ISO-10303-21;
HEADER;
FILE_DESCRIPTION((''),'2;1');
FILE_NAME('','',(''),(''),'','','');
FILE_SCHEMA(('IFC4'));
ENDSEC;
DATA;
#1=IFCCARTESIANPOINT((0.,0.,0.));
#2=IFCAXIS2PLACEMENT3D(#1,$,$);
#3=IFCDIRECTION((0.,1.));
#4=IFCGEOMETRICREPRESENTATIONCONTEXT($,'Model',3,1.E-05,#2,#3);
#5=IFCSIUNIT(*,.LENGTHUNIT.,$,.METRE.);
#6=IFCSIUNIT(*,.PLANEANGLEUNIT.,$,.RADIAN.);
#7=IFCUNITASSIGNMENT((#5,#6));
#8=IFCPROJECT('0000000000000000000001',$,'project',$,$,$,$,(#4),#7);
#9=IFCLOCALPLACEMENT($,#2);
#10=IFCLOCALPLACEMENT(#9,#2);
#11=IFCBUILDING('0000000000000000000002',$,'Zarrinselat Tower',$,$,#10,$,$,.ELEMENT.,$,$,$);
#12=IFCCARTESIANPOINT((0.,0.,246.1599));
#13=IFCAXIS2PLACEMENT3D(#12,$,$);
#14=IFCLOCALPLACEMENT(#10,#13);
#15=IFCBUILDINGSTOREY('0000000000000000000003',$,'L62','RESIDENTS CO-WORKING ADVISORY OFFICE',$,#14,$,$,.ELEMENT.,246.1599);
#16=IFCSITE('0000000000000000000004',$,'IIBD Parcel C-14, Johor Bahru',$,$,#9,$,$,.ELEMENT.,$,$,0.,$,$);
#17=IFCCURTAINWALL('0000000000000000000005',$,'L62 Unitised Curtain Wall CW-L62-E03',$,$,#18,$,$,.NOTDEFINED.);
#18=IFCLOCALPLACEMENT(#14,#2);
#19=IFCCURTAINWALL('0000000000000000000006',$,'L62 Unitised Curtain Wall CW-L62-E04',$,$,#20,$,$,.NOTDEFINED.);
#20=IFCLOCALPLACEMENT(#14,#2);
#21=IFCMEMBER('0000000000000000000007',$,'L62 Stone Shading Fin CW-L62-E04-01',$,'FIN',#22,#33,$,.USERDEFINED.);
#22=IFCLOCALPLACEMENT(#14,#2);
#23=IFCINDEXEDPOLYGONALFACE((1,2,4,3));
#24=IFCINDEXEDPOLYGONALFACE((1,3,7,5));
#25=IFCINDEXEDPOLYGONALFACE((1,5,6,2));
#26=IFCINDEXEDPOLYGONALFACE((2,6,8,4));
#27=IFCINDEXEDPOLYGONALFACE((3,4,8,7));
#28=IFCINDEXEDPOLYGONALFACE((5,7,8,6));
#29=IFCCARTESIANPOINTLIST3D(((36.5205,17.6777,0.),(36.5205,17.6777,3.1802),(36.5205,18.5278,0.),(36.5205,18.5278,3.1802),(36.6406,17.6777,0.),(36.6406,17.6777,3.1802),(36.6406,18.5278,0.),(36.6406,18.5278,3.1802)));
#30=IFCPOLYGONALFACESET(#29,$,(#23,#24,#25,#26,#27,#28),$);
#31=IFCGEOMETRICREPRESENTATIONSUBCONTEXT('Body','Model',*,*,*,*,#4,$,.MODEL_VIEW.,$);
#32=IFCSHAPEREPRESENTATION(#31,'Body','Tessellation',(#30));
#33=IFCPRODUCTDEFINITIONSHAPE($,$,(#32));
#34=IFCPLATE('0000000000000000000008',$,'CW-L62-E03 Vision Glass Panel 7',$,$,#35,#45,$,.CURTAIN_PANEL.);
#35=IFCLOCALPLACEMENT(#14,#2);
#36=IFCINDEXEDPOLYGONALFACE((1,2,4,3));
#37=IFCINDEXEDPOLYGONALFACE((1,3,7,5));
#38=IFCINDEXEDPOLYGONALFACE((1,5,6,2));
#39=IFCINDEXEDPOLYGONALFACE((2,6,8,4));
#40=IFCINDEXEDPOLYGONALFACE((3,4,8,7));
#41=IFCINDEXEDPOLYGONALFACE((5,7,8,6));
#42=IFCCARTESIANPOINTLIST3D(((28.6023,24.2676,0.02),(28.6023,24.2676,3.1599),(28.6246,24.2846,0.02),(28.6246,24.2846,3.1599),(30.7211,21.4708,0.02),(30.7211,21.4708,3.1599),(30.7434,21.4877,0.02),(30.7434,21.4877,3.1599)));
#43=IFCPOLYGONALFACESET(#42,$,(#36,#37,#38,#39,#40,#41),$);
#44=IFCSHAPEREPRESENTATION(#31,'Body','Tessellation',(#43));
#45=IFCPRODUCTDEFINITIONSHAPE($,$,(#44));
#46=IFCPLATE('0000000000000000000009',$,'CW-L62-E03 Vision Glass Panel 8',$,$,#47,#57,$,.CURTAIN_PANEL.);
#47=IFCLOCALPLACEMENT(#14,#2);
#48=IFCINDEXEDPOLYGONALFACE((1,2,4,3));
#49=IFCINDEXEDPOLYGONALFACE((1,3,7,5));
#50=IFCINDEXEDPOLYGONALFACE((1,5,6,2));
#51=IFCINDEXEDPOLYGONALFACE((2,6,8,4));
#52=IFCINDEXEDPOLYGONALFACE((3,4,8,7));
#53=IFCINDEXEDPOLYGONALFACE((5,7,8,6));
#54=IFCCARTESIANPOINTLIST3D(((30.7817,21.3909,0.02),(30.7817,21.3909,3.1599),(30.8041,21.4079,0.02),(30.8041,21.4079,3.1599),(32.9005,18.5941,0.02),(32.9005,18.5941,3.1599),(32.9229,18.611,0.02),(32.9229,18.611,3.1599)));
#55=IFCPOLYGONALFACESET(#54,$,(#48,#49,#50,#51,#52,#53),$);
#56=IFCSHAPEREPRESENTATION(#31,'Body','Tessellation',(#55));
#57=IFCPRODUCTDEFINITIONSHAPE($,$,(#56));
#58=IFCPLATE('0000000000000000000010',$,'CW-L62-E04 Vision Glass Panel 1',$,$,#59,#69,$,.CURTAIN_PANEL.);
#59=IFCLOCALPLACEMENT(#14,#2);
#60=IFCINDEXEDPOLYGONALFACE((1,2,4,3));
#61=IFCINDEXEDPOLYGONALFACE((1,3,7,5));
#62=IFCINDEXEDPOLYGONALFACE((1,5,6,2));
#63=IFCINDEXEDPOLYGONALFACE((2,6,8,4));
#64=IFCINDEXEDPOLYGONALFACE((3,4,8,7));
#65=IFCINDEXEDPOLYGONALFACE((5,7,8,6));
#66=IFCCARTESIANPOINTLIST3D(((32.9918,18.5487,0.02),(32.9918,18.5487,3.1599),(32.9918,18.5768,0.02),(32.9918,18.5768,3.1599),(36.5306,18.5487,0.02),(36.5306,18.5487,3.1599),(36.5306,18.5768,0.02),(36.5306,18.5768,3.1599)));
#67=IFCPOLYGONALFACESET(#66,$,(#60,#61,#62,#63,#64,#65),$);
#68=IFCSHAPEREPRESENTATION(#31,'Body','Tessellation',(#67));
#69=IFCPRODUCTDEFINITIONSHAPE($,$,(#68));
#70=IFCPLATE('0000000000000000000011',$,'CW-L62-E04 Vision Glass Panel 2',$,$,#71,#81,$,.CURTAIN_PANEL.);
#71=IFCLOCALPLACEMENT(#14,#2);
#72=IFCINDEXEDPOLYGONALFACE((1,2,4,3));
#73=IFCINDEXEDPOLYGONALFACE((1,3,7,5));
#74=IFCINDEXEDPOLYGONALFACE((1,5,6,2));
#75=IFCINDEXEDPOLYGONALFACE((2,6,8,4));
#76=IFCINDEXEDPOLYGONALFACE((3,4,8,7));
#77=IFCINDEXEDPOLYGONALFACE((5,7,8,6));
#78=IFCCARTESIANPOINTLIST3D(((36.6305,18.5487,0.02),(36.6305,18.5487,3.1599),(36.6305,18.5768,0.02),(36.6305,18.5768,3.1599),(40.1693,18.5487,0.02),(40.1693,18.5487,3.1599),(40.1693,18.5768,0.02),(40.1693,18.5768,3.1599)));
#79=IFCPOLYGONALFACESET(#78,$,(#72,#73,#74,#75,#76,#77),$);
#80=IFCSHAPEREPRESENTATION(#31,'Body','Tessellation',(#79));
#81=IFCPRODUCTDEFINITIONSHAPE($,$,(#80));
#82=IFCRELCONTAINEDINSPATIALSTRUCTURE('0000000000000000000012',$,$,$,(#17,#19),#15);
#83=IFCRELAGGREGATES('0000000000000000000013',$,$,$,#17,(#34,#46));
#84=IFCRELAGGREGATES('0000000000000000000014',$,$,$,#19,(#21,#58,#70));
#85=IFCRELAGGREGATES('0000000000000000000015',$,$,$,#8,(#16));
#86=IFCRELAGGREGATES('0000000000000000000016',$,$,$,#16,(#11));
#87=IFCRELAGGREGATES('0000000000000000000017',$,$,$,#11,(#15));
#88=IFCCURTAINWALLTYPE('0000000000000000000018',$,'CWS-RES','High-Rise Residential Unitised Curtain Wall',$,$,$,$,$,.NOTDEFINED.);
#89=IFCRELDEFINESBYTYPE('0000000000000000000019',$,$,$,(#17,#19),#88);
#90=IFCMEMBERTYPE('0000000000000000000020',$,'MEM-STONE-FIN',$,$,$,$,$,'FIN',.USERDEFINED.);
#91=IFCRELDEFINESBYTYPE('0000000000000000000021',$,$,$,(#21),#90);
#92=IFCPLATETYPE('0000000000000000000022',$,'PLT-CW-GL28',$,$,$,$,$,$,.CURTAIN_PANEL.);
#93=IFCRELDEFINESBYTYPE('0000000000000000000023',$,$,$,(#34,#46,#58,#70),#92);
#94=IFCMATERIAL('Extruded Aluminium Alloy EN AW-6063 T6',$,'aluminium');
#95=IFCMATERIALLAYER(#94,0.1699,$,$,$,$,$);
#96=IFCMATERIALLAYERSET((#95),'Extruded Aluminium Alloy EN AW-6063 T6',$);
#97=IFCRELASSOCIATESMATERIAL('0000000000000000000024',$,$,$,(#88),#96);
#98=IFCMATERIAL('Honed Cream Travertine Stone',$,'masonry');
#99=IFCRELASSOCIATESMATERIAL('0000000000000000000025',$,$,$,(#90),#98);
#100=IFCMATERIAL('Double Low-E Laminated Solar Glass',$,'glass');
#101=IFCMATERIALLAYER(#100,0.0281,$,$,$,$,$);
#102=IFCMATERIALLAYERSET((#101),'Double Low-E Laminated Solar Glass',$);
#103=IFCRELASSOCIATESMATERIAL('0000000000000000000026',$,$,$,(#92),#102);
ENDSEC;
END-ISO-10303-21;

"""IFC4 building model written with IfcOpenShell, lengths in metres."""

from ifc_helpers import new_model, si_unit, direction, frame, origin, origin_2d, place, context, subcontext, project, spatial, rectangle, extrude, material, layer, layer_set, material_profile, profile_set, type_object, element, aggregate, save


model = new_model("IFC4")

# Units and contexts
model_context = context("Model", 3, precision=1e-05, world=origin(), true_north=direction((0.0, 1.0)))
body_context = subcontext(model_context, "Body", "Model", "MODEL_VIEW")
ifc_project = project(units=[si_unit("LENGTHUNIT", "METRE"), si_unit("PLANEANGLEUNIT", "RADIAN")], contexts=[model_context])

# Site, building, storey
site_placement = place(None, origin())
site = spatial("IfcSite", under=ifc_project, at=site_placement, Name="IIBD Parcel C-14, Johor Bahru", CompositionType="ELEMENT", RefElevation=0.0)
building_placement = place(site_placement, origin())
building = spatial("IfcBuilding", under=site, at=building_placement, Name="Zarrinselat Tower", CompositionType="ELEMENT")
storey_placement = place(building_placement, frame((0.0, 0.0, 246.1599)))
storey = spatial("IfcBuildingStorey", under=building, at=storey_placement, Name="L62", Description="RESIDENTS CO-WORKING ADVISORY OFFICE", CompositionType="ELEMENT", Elevation=246.1599)

# Curtain walls
ifc_material_1 = material(Name="Extruded Aluminium Alloy EN AW-6063 T6", Category="aluminium")
ifc_layer_1 = layer(ifc_material_1, 0.1699)
ifc_layer_set_1 = layer_set([ifc_layer_1], Name="Extruded Aluminium Alloy EN AW-6063 T6")
curtain_wall_type = type_object("IfcCurtainWallType", Name="CWS-RES", Description="High-Rise Residential Unitised Curtain Wall", PredefinedType="NOTDEFINED", material=ifc_layer_set_1)
curtain_wall_1_placement = place(storey_placement, origin())
curtain_wall_1 = element("IfcCurtainWall", 1, at=curtain_wall_1_placement, inside=storey, type_object=curtain_wall_type, Name="L62 Unitised Curtain Wall CW-L62-E03", PredefinedType="NOTDEFINED")
curtain_wall_2_placement = place(storey_placement, origin())
curtain_wall_2 = element("IfcCurtainWall", 2, at=curtain_wall_2_placement, inside=storey, type_object=curtain_wall_type, Name="L62 Unitised Curtain Wall CW-L62-E04", PredefinedType="NOTDEFINED")

# Member
ifc_material_2 = material(Name="Honed Cream Travertine Stone", Category="masonry")
ifc_material_profile_1 = material_profile(ifc_material_2, rectangle(XDim=0.1201, YDim=0.8501, at=origin_2d()), Name="FIN 850x120")
ifc_profile_set_1 = profile_set([ifc_material_profile_1], Name="Honed Cream Travertine Stone")
member_type_1 = type_object("IfcMemberType", Name="MEM-STONE-FIN", ElementType="FIN", PredefinedType="USERDEFINED", material=ifc_profile_set_1)
member_1_placement = place(storey_placement, frame((36.5806, 18.1028, 0.0), z_axis=(0.0, 0.0, 1.0), x_axis=(-1.0, 0.0, 0.0)))
member_1 = element("IfcMember", 3, at=member_1_placement, type_object=member_type_1, Name="L62 Stone Shading Fin CW-L62-E04-01", ObjectType="FIN", PredefinedType="USERDEFINED", context=body_context, shape_type="SweptSolid", body=[
    extrude(rectangle(XDim=0.1201, YDim=0.8501, at=origin_2d()), origin(), (0.0, 0.0, 1.0), 3.1802),
])

# Plates
ifc_material_3 = material(Name="Double Low-E Laminated Solar Glass", Category="glass")
ifc_layer_2 = layer(ifc_material_3, 0.0281)
ifc_layer_set_2 = layer_set([ifc_layer_2], Name="Double Low-E Laminated Solar Glass")
plate_type = type_object("IfcPlateType", Name="PLT-CW-GL28", PredefinedType="CURTAIN_PANEL", material=ifc_layer_set_2)
plate_1_placement = place(storey_placement, frame((29.6729, 22.8777, 0.02), z_axis=(0.0, 0.0, 1.0), x_axis=(0.603858, -0.797092, 0.0)))
plate_1 = element("IfcPlate", 4, at=plate_1_placement, type_object=plate_type, Name="CW-L62-E03 Vision Glass Panel 7", PredefinedType="CURTAIN_PANEL", context=body_context, shape_type="SweptSolid", body=[
    extrude(rectangle(XDim=3.5088, YDim=0.0281, at=origin_2d()), origin(), (0.0, 0.0, 1.0), 3.1399),
])
plate_2_placement = place(storey_placement, frame((31.8523, 20.001, 0.02), z_axis=(0.0, 0.0, 1.0), x_axis=(0.603858, -0.797092, 0.0)))
plate_2 = element("IfcPlate", 5, at=plate_2_placement, type_object=plate_type, Name="CW-L62-E03 Vision Glass Panel 8", PredefinedType="CURTAIN_PANEL", context=body_context, shape_type="SweptSolid", body=[
    extrude(rectangle(XDim=3.5088, YDim=0.0281, at=origin_2d()), origin(), (0.0, 0.0, 1.0), 3.1399),
])
aggregate(curtain_wall_1, [plate_1, plate_2])
plate_3_placement = place(storey_placement, frame((34.7612, 18.5627, 0.02), z_axis=(0.0, 0.0, 1.0), x_axis=(1.0, 0.0, 0.0)))
plate_3 = element("IfcPlate", 6, at=plate_3_placement, type_object=plate_type, Name="CW-L62-E04 Vision Glass Panel 1", PredefinedType="CURTAIN_PANEL", context=body_context, shape_type="SweptSolid", body=[
    extrude(rectangle(XDim=3.5388, YDim=0.0281, at=origin_2d()), origin(), (0.0, 0.0, 1.0), 3.1399),
])
plate_4_placement = place(storey_placement, frame((38.3999, 18.5627, 0.02), z_axis=(0.0, 0.0, 1.0), x_axis=(1.0, 0.0, 0.0)))
plate_4 = element("IfcPlate", 7, at=plate_4_placement, type_object=plate_type, Name="CW-L62-E04 Vision Glass Panel 2", PredefinedType="CURTAIN_PANEL", context=body_context, shape_type="SweptSolid", body=[
    extrude(rectangle(XDim=3.5388, YDim=0.0281, at=origin_2d()), origin(), (0.0, 0.0, 1.0), 3.1399),
])
aggregate(curtain_wall_2, [member_1, plate_3, plate_4])

save(model, "model.ifc")
